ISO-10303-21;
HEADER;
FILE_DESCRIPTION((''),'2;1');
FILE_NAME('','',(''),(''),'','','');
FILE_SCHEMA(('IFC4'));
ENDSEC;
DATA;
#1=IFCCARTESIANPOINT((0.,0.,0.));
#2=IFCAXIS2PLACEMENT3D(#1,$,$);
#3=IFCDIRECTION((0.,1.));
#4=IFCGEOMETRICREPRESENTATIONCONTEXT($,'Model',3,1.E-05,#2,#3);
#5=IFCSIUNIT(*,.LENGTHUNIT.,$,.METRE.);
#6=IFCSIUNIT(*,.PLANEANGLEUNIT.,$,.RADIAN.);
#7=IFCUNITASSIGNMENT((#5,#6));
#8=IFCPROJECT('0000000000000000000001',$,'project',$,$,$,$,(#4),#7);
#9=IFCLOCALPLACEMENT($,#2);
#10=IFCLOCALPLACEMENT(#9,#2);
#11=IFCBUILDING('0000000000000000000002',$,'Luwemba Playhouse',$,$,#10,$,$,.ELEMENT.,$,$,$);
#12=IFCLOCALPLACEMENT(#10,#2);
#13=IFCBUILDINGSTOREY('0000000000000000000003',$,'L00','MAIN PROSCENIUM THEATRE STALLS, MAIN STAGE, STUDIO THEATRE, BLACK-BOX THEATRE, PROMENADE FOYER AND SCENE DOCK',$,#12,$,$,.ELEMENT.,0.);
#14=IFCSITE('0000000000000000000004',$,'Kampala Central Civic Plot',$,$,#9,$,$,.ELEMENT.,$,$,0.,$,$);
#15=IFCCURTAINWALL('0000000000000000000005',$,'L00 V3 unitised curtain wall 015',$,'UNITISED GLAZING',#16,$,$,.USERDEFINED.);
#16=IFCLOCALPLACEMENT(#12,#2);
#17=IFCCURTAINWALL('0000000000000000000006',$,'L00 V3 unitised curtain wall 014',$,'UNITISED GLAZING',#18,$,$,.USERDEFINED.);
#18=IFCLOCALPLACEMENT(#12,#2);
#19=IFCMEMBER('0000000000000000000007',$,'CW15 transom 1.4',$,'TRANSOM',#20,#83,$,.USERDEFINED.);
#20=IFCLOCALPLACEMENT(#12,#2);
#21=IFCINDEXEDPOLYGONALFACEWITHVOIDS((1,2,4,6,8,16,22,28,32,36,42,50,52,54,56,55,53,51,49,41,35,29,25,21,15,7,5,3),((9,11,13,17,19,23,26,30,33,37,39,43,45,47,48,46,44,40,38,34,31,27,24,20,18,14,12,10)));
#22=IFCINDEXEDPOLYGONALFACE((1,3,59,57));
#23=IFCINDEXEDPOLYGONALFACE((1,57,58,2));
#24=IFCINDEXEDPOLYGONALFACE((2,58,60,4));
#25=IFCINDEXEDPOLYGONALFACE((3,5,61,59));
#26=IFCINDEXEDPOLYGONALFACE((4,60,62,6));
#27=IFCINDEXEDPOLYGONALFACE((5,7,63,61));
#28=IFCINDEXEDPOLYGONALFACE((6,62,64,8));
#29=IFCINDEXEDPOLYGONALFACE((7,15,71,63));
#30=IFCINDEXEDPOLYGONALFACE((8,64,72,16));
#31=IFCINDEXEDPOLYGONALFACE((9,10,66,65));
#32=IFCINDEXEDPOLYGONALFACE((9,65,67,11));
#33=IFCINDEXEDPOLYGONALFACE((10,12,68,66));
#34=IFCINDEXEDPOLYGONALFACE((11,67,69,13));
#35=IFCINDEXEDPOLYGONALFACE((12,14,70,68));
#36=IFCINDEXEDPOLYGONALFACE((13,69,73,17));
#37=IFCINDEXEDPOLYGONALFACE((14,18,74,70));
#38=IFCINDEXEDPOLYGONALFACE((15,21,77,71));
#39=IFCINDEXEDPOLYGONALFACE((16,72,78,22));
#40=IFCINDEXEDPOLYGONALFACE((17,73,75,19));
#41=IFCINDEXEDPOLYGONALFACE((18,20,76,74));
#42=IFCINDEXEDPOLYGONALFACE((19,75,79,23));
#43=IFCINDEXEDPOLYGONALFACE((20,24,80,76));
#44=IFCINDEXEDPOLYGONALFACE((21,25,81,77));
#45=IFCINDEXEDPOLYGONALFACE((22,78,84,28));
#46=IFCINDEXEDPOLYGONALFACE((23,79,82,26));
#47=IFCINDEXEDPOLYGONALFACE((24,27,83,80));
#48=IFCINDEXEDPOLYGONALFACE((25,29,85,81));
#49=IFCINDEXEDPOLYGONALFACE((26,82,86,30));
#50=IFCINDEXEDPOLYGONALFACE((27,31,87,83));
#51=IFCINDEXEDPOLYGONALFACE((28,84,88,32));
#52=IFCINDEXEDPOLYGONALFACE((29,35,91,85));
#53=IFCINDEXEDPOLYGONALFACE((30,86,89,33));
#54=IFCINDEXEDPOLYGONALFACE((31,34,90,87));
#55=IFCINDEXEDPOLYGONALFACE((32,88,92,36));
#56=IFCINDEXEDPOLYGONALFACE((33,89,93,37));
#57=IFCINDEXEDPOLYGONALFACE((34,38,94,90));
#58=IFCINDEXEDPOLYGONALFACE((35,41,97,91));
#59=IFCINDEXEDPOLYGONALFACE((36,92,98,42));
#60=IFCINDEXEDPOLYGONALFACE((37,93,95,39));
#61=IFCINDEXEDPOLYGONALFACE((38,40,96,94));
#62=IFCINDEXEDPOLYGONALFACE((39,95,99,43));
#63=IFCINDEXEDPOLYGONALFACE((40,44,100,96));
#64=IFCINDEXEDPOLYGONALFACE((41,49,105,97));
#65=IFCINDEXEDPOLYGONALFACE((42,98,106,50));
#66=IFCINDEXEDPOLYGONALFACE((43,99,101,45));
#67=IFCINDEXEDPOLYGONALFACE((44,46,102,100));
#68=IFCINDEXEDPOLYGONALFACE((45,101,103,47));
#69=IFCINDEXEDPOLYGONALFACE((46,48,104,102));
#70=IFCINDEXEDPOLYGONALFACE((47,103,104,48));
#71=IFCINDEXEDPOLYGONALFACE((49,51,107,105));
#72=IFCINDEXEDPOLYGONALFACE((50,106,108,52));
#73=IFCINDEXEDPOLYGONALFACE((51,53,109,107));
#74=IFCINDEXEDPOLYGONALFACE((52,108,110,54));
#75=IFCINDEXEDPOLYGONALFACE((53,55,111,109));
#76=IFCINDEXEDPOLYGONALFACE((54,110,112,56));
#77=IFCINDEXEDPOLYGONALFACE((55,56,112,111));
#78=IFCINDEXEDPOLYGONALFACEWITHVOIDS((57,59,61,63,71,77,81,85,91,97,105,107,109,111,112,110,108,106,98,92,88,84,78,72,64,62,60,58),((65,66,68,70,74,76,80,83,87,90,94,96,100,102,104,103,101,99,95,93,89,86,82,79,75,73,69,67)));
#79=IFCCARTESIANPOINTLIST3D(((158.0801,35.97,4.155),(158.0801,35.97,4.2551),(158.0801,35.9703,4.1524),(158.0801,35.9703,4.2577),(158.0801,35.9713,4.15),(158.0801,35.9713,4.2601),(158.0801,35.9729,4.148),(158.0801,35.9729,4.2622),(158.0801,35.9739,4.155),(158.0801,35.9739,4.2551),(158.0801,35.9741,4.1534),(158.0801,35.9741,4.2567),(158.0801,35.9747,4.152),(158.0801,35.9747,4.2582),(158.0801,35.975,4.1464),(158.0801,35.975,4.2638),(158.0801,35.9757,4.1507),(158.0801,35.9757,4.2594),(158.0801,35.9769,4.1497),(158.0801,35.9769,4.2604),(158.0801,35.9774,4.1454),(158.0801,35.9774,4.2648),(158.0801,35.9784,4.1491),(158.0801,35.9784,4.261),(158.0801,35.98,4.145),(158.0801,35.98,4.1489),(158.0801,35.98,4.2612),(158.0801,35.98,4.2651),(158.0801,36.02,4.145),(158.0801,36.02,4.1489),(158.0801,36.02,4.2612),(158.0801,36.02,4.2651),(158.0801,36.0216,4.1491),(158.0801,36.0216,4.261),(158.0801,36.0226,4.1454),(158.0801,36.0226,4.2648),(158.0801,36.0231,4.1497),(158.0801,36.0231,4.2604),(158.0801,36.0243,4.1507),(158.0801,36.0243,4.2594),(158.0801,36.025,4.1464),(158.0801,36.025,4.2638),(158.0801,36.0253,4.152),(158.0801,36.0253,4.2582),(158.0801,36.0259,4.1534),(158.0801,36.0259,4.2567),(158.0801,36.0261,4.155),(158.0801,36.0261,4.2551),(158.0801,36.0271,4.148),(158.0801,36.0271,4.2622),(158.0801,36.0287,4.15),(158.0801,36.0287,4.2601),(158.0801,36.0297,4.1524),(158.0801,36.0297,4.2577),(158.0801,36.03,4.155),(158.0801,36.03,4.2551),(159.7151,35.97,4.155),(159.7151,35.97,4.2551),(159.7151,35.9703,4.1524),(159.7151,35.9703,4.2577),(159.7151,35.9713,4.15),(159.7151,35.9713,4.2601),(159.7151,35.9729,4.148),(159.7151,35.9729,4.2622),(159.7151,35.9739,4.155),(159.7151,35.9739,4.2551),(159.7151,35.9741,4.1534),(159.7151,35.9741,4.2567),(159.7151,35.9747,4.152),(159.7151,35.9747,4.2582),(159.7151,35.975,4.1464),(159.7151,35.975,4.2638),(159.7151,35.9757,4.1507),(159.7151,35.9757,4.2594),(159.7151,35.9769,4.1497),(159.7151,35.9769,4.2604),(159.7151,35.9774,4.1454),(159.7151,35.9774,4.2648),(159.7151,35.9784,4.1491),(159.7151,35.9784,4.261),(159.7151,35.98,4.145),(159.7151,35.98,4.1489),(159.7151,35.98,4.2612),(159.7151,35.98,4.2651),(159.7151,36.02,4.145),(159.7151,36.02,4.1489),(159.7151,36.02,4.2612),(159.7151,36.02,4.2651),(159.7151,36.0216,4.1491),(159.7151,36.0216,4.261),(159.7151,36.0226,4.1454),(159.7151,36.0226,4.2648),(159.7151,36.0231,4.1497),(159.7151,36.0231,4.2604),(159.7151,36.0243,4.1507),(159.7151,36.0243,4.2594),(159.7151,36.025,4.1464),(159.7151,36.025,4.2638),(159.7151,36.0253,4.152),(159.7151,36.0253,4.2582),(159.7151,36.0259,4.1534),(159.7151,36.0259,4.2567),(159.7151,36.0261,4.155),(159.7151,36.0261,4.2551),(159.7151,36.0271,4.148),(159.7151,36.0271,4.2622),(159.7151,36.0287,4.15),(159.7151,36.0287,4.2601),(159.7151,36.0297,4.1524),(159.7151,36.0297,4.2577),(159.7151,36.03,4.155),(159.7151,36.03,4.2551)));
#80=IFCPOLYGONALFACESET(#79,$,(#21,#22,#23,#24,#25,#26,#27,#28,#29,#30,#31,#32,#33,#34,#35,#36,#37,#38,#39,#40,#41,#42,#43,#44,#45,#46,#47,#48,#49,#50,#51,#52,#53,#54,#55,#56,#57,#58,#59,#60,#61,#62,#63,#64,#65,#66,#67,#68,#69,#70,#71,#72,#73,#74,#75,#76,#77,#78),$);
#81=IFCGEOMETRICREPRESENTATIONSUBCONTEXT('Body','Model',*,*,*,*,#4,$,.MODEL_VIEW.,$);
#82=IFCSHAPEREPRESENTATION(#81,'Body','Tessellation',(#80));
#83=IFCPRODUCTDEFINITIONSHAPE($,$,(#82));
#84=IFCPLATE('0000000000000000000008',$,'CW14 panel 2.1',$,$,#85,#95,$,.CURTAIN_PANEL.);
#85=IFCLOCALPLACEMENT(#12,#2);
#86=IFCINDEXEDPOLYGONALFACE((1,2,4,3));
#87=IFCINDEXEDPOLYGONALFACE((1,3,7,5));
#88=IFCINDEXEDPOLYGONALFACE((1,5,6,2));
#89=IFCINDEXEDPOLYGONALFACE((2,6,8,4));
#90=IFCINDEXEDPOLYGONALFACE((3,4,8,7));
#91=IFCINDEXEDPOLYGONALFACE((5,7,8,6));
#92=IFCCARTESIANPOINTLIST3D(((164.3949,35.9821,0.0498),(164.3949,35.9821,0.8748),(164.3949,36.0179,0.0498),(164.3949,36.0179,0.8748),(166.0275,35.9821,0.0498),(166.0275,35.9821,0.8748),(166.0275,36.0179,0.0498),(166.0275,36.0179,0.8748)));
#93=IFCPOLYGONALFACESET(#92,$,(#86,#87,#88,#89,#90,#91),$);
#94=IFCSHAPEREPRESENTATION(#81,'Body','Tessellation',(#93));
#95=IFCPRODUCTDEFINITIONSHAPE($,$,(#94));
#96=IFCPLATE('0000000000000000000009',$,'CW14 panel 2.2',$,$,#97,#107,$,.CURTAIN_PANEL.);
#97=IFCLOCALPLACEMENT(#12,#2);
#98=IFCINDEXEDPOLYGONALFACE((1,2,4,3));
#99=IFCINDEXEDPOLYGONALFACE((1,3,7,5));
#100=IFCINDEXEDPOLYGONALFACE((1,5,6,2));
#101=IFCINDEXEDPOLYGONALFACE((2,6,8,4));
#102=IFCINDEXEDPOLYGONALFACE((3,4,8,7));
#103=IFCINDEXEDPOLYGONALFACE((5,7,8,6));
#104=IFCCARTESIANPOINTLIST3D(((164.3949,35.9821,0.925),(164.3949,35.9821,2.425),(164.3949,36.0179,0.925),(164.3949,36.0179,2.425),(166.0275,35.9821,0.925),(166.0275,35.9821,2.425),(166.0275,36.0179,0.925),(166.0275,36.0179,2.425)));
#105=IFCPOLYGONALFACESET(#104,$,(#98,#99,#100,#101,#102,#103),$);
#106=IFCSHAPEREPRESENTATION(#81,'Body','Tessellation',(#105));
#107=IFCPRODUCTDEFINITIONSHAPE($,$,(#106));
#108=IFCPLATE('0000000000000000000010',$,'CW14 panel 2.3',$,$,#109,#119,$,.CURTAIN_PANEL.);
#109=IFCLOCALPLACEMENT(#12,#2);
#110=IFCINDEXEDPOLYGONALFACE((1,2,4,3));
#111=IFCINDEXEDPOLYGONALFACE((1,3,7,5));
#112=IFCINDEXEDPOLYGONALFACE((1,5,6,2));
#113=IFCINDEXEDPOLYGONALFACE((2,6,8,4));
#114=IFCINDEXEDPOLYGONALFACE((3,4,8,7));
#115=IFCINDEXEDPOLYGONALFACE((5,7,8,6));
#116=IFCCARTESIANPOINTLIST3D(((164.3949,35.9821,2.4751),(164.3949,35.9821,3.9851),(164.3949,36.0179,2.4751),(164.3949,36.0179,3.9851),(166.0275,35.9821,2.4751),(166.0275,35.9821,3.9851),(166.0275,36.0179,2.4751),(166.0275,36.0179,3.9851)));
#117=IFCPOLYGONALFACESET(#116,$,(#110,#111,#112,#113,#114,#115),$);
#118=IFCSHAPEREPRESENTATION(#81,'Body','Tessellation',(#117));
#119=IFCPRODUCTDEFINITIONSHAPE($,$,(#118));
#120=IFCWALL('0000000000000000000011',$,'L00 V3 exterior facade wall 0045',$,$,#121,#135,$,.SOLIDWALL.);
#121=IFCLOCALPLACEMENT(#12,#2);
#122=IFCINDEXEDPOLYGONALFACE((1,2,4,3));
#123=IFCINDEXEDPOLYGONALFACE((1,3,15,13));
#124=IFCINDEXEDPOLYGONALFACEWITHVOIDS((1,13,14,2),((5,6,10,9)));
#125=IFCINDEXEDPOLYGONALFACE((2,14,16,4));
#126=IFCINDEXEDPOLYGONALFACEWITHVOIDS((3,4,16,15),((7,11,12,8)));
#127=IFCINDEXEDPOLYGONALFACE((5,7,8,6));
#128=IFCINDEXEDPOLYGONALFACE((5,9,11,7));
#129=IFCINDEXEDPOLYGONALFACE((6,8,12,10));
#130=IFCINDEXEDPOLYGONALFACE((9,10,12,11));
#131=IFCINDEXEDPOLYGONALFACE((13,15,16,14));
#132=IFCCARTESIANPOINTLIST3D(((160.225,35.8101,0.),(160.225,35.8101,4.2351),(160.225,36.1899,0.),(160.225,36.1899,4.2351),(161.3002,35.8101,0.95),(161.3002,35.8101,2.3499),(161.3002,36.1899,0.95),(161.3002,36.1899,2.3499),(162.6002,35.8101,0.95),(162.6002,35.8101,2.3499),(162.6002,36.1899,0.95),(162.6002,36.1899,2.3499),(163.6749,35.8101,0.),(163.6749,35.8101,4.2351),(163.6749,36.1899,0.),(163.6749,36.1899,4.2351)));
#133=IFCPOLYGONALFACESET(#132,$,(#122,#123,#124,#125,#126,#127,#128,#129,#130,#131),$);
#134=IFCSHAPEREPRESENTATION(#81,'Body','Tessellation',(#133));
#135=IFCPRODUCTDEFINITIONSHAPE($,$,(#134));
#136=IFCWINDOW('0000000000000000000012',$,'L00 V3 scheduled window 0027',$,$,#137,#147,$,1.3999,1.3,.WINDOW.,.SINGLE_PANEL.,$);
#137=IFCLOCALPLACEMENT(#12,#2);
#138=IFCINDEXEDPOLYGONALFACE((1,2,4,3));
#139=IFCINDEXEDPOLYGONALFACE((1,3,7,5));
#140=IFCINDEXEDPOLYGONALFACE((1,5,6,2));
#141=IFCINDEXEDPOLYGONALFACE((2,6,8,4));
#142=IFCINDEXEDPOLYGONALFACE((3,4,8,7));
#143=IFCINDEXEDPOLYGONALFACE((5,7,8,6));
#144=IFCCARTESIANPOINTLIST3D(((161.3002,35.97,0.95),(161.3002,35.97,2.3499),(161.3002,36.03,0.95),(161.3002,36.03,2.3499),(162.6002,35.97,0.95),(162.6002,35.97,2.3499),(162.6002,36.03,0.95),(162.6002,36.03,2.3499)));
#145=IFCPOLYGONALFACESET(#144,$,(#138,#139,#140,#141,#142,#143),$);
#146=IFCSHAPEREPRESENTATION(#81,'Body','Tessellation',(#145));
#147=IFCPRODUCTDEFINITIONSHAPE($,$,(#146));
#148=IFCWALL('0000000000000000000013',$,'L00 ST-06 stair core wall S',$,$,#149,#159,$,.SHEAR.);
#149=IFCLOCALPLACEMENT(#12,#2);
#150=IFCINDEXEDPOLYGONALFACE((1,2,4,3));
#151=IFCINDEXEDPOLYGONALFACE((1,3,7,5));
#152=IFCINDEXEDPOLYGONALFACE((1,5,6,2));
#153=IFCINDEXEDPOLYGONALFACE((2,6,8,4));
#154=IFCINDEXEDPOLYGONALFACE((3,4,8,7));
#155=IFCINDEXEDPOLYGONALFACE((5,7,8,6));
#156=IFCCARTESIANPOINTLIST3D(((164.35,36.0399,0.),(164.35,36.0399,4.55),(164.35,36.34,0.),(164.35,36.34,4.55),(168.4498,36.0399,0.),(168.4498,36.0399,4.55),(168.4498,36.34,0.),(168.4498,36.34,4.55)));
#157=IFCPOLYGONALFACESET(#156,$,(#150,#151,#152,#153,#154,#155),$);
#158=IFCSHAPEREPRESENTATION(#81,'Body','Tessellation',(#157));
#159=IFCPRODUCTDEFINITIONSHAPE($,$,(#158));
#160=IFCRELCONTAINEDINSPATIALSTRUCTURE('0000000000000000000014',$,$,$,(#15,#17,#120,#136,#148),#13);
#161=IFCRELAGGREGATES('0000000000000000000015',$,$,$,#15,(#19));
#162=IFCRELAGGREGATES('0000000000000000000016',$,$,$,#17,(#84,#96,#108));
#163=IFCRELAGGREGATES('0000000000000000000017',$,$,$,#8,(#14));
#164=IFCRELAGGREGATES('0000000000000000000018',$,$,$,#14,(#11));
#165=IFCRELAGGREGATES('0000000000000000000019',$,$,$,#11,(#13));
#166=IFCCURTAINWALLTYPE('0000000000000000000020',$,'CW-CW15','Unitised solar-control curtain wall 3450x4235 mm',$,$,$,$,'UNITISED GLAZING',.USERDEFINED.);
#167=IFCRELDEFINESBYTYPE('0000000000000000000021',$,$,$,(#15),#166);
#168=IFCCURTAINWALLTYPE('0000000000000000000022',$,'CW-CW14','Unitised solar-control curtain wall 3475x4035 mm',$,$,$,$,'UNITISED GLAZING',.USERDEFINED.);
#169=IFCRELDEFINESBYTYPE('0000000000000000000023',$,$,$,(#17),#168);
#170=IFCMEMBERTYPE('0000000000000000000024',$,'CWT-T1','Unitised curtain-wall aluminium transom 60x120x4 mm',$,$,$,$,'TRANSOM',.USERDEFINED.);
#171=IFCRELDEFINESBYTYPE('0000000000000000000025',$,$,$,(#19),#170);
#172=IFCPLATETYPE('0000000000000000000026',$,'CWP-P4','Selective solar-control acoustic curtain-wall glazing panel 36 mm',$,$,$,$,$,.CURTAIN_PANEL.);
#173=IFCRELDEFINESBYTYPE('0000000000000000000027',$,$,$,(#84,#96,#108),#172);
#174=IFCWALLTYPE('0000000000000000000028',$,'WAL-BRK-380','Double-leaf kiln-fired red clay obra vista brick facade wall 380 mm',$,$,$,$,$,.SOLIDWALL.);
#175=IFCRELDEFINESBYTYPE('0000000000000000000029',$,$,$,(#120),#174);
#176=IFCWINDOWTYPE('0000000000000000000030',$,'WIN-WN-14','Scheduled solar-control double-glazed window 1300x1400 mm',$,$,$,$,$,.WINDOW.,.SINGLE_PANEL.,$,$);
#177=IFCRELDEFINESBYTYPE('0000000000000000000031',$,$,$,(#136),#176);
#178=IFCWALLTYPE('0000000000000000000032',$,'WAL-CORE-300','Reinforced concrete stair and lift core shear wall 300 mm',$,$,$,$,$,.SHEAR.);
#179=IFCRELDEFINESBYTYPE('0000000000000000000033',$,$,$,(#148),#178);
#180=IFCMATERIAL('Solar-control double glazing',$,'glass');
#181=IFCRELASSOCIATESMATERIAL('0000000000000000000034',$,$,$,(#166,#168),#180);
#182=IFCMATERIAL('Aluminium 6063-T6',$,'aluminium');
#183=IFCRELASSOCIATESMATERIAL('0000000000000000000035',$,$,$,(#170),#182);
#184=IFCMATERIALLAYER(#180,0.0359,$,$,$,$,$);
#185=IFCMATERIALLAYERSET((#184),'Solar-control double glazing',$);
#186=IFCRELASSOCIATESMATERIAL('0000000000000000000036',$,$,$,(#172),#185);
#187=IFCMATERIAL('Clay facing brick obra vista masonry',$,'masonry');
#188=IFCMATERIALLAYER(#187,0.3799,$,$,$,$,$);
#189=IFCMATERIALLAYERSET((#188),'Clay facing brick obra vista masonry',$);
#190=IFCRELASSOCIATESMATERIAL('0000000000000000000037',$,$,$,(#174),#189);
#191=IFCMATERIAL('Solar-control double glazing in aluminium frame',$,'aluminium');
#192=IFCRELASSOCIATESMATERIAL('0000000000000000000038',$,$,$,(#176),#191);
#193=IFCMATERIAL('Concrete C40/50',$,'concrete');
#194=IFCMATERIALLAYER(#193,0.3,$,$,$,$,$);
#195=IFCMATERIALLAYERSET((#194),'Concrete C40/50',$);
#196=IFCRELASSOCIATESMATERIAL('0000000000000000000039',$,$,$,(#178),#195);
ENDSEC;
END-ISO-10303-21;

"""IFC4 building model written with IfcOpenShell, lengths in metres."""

from ifc_helpers import new_model, si_unit, direction, frame, frame_2d, origin, origin_2d, place, context, subcontext, project, spatial, rectangle, hollow_rectangle, extrude, material, layer, layer_set, material_profile, profile_set, type_object, element, fill, aggregate, save


model = new_model("IFC4")

# Units and contexts
model_context = context("Model", 3, precision=1e-05, world=origin(), true_north=direction((0.0, 1.0)))
body_context = subcontext(model_context, "Body", "Model", "MODEL_VIEW")
ifc_project = project(units=[si_unit("LENGTHUNIT", "METRE"), si_unit("PLANEANGLEUNIT", "RADIAN")], contexts=[model_context])

# Site, building, storey
site_placement = place(None, origin())
site = spatial("IfcSite", under=ifc_project, at=site_placement, Name="Kampala Central Civic Plot", CompositionType="ELEMENT", RefElevation=0.0)
building_placement = place(site_placement, origin())
building = spatial("IfcBuilding", under=site, at=building_placement, Name="Luwemba Playhouse", CompositionType="ELEMENT")
storey_placement = place(building_placement, origin())
storey = spatial("IfcBuildingStorey", under=building, at=storey_placement, Name="L00", Description="MAIN PROSCENIUM THEATRE STALLS, MAIN STAGE, STUDIO THEATRE, BLACK-BOX THEATRE, PROMENADE FOYER AND SCENE DOCK", CompositionType="ELEMENT", Elevation=0.0)

# Shared definitions
ifc_material_1 = material(Name="Concrete C40/50", Category="concrete")

# Curtain walls
ifc_material_2 = material(Name="Solar-control double glazing", Category="glass")
curtain_wall_type_1 = type_object("IfcCurtainWallType", Name="CW-CW15", Description="Unitised solar-control curtain wall 3450x4235 mm", ElementType="UNITISED GLAZING", PredefinedType="USERDEFINED", material=ifc_material_2)
curtain_wall_1_placement = place(storey_placement, origin())
curtain_wall_1 = element("IfcCurtainWall", 1, at=curtain_wall_1_placement, inside=storey, type_object=curtain_wall_type_1, Name="L00 V3 unitised curtain wall 015", ObjectType="UNITISED GLAZING", PredefinedType="USERDEFINED")
ifc_material_3 = material(Name="Aluminium 6063-T6", Category="aluminium")
curtain_wall_type_2 = type_object("IfcCurtainWallType", Name="CW-CW14", Description="Unitised solar-control curtain wall 3475x4035 mm", ElementType="UNITISED GLAZING", PredefinedType="USERDEFINED", material=ifc_material_2)
curtain_wall_2_placement = place(storey_placement, origin())
curtain_wall_2 = element("IfcCurtainWall", 2, at=curtain_wall_2_placement, inside=storey, type_object=curtain_wall_type_2, Name="L00 V3 unitised curtain wall 014", ObjectType="UNITISED GLAZING", PredefinedType="USERDEFINED")

# Member
ifc_material_profile_1 = material_profile(ifc_material_3, hollow_rectangle(XDim=0.0601, YDim=0.1201, WallThickness=0.0039, InnerFilletRadius=0.0061, OuterFilletRadius=0.01, at=origin_2d()))
ifc_profile_set_1 = profile_set([ifc_material_profile_1], Name="Aluminium 6063-T6")
member_type_1 = type_object("IfcMemberType", Name="CWT-T1", Description="Unitised curtain-wall aluminium transom 60x120x4 mm", ElementType="TRANSOM", PredefinedType="USERDEFINED", material=ifc_profile_set_1)
member_1_placement = place(storey_placement, frame((159.7151, 36.0, 4.2051), z_axis=(-1.0, 0.0, 0.0), x_axis=(0.0, -1.0, 0.0)))
member_1 = element("IfcMember", 3, at=member_1_placement, type_object=member_type_1, Name="CW15 transom 1.4", ObjectType="TRANSOM", PredefinedType="USERDEFINED", context=body_context, shape_type="SweptSolid", body=[
    extrude(hollow_rectangle(XDim=0.0601, YDim=0.1201, WallThickness=0.0039, InnerFilletRadius=0.0061, OuterFilletRadius=0.01, at=origin_2d()), origin(), (0.0, 0.0, 1.0), 1.635),
])
aggregate(curtain_wall_1, [member_1])

# Plates
ifc_layer_1 = layer(ifc_material_2, 0.0359)
ifc_layer_set_1 = layer_set([ifc_layer_1], Name="Solar-control double glazing")
plate_type = type_object("IfcPlateType", Name="CWP-P4", Description="Selective solar-control acoustic curtain-wall glazing panel 36 mm", PredefinedType="CURTAIN_PANEL", material=ifc_layer_set_1)
plate_1_placement = place(storey_placement, frame((165.2112, 36.0, 0.0498), z_axis=(0.0, 0.0, 1.0), x_axis=(-1.0, 0.0, 0.0)))
plate_1 = element("IfcPlate", 4, at=plate_1_placement, type_object=plate_type, Name="CW14 panel 2.1", PredefinedType="CURTAIN_PANEL", context=body_context, shape_type="SweptSolid", body=[
    extrude(rectangle(XDim=1.6326, YDim=0.0359, at=origin_2d()), origin(), (0.0, 0.0, 1.0), 0.825),
])
plate_2_placement = place(storey_placement, frame((165.2112, 36.0, 0.925), z_axis=(0.0, 0.0, 1.0), x_axis=(-1.0, 0.0, 0.0)))
plate_2 = element("IfcPlate", 5, at=plate_2_placement, type_object=plate_type, Name="CW14 panel 2.2", PredefinedType="CURTAIN_PANEL", context=body_context, shape_type="SweptSolid", body=[
    extrude(rectangle(XDim=1.6326, YDim=0.0359, at=origin_2d()), origin(), (0.0, 0.0, 1.0), 1.5),
])
plate_3_placement = place(storey_placement, frame((165.2112, 36.0, 2.4751), z_axis=(0.0, 0.0, 1.0), x_axis=(-1.0, 0.0, 0.0)))
plate_3 = element("IfcPlate", 6, at=plate_3_placement, type_object=plate_type, Name="CW14 panel 2.3", PredefinedType="CURTAIN_PANEL", context=body_context, shape_type="SweptSolid", body=[
    extrude(rectangle(XDim=1.6326, YDim=0.0359, at=origin_2d()), origin(), (0.0, 0.0, 1.0), 1.51),
])
aggregate(curtain_wall_2, [plate_1, plate_2, plate_3])

# Wall, opening, window
ifc_material_4 = material(Name="Clay facing brick obra vista masonry", Category="masonry")
ifc_layer_2 = layer(ifc_material_4, 0.3799)
ifc_layer_set_2 = layer_set([ifc_layer_2], Name="Clay facing brick obra vista masonry")
wall_type_1 = type_object("IfcWallType", Name="WAL-BRK-380", Description="Double-leaf kiln-fired red clay obra vista brick facade wall 380 mm", PredefinedType="SOLIDWALL", material=ifc_layer_set_2)
wall_1_placement = place(storey_placement, frame((163.675, 36.0, 0.0), z_axis=(0.0, 0.0, 1.0), x_axis=(-1.0, 0.0, 0.0)))
wall_1 = element("IfcWall", 7, at=wall_1_placement, inside=storey, type_object=wall_type_1, Name="L00 V3 exterior facade wall 0045", PredefinedType="SOLIDWALL", context=body_context, shape_type="SweptSolid", body=[
    extrude(rectangle(XDim=3.45, YDim=0.3799, at=frame_2d((1.7251, 0.0))), origin(), (0.0, 0.0, 1.0), 4.2351),
])
opening_1_placement = place(wall_1_placement, frame((1.075, 0.0, 0.95)))
opening_1 = element("IfcOpeningElement", 8, at=opening_1_placement, cuts=wall_1, PredefinedType="OPENING", context=body_context, shape_type="SweptSolid", body=[
    extrude(rectangle(XDim=1.3, YDim=1.3999, at=frame_2d((0.6499, 0.7))), frame((0.0, 0.2, 0.0), z_axis=(0.0, -1.0, 0.0), x_axis=(1.0, 0.0, 0.0)), (0.0, 0.0, 1.0), 0.3999),
])
ifc_material_5 = material(Name="Solar-control double glazing in aluminium frame", Category="aluminium")
window_type = type_object("IfcWindowType", Name="WIN-WN-14", Description="Scheduled solar-control double-glazed window 1300x1400 mm", PartitioningType="SINGLE_PANEL", PredefinedType="WINDOW", material=ifc_material_5)
window_placement = place(opening_1_placement, origin())
window = element("IfcWindow", 9, at=window_placement, inside=storey, type_object=window_type, Name="L00 V3 scheduled window 0027", OverallHeight=1.3999, OverallWidth=1.3, PartitioningType="SINGLE_PANEL", PredefinedType="WINDOW", context=body_context, shape_type="SweptSolid", body=[
    extrude(rectangle(XDim=1.3, YDim=1.3999, at=frame_2d((0.6499, 0.7))), frame((0.0, 0.03, 0.0), z_axis=(0.0, -1.0, 0.0), x_axis=(1.0, 0.0, 0.0)), (0.0, 0.0, 1.0), 0.0601),
])
fill(opening_1, window)

# Wall
ifc_layer_3 = layer(ifc_material_1, 0.3)
ifc_layer_set_3 = layer_set([ifc_layer_3], Name="Concrete C40/50")
wall_type_2 = type_object("IfcWallType", Name="WAL-CORE-300", Description="Reinforced concrete stair and lift core shear wall 300 mm", PredefinedType="SHEAR", material=ifc_layer_set_3)
wall_2_placement = place(storey_placement, frame((164.3501, 36.1899, 0.0), z_axis=(0.0, 0.0, 1.0), x_axis=(1.0, 0.0, 0.0)))
element("IfcWall", 10, at=wall_2_placement, inside=storey, type_object=wall_type_2, Name="L00 ST-06 stair core wall S", PredefinedType="SHEAR", context=body_context, shape_type="SweptSolid", body=[
    extrude(rectangle(XDim=4.0999, YDim=0.3, at=frame_2d((2.0498, 0.0))), origin(), (0.0, 0.0, 1.0), 4.55),
])

save(model, "model.ifc")
